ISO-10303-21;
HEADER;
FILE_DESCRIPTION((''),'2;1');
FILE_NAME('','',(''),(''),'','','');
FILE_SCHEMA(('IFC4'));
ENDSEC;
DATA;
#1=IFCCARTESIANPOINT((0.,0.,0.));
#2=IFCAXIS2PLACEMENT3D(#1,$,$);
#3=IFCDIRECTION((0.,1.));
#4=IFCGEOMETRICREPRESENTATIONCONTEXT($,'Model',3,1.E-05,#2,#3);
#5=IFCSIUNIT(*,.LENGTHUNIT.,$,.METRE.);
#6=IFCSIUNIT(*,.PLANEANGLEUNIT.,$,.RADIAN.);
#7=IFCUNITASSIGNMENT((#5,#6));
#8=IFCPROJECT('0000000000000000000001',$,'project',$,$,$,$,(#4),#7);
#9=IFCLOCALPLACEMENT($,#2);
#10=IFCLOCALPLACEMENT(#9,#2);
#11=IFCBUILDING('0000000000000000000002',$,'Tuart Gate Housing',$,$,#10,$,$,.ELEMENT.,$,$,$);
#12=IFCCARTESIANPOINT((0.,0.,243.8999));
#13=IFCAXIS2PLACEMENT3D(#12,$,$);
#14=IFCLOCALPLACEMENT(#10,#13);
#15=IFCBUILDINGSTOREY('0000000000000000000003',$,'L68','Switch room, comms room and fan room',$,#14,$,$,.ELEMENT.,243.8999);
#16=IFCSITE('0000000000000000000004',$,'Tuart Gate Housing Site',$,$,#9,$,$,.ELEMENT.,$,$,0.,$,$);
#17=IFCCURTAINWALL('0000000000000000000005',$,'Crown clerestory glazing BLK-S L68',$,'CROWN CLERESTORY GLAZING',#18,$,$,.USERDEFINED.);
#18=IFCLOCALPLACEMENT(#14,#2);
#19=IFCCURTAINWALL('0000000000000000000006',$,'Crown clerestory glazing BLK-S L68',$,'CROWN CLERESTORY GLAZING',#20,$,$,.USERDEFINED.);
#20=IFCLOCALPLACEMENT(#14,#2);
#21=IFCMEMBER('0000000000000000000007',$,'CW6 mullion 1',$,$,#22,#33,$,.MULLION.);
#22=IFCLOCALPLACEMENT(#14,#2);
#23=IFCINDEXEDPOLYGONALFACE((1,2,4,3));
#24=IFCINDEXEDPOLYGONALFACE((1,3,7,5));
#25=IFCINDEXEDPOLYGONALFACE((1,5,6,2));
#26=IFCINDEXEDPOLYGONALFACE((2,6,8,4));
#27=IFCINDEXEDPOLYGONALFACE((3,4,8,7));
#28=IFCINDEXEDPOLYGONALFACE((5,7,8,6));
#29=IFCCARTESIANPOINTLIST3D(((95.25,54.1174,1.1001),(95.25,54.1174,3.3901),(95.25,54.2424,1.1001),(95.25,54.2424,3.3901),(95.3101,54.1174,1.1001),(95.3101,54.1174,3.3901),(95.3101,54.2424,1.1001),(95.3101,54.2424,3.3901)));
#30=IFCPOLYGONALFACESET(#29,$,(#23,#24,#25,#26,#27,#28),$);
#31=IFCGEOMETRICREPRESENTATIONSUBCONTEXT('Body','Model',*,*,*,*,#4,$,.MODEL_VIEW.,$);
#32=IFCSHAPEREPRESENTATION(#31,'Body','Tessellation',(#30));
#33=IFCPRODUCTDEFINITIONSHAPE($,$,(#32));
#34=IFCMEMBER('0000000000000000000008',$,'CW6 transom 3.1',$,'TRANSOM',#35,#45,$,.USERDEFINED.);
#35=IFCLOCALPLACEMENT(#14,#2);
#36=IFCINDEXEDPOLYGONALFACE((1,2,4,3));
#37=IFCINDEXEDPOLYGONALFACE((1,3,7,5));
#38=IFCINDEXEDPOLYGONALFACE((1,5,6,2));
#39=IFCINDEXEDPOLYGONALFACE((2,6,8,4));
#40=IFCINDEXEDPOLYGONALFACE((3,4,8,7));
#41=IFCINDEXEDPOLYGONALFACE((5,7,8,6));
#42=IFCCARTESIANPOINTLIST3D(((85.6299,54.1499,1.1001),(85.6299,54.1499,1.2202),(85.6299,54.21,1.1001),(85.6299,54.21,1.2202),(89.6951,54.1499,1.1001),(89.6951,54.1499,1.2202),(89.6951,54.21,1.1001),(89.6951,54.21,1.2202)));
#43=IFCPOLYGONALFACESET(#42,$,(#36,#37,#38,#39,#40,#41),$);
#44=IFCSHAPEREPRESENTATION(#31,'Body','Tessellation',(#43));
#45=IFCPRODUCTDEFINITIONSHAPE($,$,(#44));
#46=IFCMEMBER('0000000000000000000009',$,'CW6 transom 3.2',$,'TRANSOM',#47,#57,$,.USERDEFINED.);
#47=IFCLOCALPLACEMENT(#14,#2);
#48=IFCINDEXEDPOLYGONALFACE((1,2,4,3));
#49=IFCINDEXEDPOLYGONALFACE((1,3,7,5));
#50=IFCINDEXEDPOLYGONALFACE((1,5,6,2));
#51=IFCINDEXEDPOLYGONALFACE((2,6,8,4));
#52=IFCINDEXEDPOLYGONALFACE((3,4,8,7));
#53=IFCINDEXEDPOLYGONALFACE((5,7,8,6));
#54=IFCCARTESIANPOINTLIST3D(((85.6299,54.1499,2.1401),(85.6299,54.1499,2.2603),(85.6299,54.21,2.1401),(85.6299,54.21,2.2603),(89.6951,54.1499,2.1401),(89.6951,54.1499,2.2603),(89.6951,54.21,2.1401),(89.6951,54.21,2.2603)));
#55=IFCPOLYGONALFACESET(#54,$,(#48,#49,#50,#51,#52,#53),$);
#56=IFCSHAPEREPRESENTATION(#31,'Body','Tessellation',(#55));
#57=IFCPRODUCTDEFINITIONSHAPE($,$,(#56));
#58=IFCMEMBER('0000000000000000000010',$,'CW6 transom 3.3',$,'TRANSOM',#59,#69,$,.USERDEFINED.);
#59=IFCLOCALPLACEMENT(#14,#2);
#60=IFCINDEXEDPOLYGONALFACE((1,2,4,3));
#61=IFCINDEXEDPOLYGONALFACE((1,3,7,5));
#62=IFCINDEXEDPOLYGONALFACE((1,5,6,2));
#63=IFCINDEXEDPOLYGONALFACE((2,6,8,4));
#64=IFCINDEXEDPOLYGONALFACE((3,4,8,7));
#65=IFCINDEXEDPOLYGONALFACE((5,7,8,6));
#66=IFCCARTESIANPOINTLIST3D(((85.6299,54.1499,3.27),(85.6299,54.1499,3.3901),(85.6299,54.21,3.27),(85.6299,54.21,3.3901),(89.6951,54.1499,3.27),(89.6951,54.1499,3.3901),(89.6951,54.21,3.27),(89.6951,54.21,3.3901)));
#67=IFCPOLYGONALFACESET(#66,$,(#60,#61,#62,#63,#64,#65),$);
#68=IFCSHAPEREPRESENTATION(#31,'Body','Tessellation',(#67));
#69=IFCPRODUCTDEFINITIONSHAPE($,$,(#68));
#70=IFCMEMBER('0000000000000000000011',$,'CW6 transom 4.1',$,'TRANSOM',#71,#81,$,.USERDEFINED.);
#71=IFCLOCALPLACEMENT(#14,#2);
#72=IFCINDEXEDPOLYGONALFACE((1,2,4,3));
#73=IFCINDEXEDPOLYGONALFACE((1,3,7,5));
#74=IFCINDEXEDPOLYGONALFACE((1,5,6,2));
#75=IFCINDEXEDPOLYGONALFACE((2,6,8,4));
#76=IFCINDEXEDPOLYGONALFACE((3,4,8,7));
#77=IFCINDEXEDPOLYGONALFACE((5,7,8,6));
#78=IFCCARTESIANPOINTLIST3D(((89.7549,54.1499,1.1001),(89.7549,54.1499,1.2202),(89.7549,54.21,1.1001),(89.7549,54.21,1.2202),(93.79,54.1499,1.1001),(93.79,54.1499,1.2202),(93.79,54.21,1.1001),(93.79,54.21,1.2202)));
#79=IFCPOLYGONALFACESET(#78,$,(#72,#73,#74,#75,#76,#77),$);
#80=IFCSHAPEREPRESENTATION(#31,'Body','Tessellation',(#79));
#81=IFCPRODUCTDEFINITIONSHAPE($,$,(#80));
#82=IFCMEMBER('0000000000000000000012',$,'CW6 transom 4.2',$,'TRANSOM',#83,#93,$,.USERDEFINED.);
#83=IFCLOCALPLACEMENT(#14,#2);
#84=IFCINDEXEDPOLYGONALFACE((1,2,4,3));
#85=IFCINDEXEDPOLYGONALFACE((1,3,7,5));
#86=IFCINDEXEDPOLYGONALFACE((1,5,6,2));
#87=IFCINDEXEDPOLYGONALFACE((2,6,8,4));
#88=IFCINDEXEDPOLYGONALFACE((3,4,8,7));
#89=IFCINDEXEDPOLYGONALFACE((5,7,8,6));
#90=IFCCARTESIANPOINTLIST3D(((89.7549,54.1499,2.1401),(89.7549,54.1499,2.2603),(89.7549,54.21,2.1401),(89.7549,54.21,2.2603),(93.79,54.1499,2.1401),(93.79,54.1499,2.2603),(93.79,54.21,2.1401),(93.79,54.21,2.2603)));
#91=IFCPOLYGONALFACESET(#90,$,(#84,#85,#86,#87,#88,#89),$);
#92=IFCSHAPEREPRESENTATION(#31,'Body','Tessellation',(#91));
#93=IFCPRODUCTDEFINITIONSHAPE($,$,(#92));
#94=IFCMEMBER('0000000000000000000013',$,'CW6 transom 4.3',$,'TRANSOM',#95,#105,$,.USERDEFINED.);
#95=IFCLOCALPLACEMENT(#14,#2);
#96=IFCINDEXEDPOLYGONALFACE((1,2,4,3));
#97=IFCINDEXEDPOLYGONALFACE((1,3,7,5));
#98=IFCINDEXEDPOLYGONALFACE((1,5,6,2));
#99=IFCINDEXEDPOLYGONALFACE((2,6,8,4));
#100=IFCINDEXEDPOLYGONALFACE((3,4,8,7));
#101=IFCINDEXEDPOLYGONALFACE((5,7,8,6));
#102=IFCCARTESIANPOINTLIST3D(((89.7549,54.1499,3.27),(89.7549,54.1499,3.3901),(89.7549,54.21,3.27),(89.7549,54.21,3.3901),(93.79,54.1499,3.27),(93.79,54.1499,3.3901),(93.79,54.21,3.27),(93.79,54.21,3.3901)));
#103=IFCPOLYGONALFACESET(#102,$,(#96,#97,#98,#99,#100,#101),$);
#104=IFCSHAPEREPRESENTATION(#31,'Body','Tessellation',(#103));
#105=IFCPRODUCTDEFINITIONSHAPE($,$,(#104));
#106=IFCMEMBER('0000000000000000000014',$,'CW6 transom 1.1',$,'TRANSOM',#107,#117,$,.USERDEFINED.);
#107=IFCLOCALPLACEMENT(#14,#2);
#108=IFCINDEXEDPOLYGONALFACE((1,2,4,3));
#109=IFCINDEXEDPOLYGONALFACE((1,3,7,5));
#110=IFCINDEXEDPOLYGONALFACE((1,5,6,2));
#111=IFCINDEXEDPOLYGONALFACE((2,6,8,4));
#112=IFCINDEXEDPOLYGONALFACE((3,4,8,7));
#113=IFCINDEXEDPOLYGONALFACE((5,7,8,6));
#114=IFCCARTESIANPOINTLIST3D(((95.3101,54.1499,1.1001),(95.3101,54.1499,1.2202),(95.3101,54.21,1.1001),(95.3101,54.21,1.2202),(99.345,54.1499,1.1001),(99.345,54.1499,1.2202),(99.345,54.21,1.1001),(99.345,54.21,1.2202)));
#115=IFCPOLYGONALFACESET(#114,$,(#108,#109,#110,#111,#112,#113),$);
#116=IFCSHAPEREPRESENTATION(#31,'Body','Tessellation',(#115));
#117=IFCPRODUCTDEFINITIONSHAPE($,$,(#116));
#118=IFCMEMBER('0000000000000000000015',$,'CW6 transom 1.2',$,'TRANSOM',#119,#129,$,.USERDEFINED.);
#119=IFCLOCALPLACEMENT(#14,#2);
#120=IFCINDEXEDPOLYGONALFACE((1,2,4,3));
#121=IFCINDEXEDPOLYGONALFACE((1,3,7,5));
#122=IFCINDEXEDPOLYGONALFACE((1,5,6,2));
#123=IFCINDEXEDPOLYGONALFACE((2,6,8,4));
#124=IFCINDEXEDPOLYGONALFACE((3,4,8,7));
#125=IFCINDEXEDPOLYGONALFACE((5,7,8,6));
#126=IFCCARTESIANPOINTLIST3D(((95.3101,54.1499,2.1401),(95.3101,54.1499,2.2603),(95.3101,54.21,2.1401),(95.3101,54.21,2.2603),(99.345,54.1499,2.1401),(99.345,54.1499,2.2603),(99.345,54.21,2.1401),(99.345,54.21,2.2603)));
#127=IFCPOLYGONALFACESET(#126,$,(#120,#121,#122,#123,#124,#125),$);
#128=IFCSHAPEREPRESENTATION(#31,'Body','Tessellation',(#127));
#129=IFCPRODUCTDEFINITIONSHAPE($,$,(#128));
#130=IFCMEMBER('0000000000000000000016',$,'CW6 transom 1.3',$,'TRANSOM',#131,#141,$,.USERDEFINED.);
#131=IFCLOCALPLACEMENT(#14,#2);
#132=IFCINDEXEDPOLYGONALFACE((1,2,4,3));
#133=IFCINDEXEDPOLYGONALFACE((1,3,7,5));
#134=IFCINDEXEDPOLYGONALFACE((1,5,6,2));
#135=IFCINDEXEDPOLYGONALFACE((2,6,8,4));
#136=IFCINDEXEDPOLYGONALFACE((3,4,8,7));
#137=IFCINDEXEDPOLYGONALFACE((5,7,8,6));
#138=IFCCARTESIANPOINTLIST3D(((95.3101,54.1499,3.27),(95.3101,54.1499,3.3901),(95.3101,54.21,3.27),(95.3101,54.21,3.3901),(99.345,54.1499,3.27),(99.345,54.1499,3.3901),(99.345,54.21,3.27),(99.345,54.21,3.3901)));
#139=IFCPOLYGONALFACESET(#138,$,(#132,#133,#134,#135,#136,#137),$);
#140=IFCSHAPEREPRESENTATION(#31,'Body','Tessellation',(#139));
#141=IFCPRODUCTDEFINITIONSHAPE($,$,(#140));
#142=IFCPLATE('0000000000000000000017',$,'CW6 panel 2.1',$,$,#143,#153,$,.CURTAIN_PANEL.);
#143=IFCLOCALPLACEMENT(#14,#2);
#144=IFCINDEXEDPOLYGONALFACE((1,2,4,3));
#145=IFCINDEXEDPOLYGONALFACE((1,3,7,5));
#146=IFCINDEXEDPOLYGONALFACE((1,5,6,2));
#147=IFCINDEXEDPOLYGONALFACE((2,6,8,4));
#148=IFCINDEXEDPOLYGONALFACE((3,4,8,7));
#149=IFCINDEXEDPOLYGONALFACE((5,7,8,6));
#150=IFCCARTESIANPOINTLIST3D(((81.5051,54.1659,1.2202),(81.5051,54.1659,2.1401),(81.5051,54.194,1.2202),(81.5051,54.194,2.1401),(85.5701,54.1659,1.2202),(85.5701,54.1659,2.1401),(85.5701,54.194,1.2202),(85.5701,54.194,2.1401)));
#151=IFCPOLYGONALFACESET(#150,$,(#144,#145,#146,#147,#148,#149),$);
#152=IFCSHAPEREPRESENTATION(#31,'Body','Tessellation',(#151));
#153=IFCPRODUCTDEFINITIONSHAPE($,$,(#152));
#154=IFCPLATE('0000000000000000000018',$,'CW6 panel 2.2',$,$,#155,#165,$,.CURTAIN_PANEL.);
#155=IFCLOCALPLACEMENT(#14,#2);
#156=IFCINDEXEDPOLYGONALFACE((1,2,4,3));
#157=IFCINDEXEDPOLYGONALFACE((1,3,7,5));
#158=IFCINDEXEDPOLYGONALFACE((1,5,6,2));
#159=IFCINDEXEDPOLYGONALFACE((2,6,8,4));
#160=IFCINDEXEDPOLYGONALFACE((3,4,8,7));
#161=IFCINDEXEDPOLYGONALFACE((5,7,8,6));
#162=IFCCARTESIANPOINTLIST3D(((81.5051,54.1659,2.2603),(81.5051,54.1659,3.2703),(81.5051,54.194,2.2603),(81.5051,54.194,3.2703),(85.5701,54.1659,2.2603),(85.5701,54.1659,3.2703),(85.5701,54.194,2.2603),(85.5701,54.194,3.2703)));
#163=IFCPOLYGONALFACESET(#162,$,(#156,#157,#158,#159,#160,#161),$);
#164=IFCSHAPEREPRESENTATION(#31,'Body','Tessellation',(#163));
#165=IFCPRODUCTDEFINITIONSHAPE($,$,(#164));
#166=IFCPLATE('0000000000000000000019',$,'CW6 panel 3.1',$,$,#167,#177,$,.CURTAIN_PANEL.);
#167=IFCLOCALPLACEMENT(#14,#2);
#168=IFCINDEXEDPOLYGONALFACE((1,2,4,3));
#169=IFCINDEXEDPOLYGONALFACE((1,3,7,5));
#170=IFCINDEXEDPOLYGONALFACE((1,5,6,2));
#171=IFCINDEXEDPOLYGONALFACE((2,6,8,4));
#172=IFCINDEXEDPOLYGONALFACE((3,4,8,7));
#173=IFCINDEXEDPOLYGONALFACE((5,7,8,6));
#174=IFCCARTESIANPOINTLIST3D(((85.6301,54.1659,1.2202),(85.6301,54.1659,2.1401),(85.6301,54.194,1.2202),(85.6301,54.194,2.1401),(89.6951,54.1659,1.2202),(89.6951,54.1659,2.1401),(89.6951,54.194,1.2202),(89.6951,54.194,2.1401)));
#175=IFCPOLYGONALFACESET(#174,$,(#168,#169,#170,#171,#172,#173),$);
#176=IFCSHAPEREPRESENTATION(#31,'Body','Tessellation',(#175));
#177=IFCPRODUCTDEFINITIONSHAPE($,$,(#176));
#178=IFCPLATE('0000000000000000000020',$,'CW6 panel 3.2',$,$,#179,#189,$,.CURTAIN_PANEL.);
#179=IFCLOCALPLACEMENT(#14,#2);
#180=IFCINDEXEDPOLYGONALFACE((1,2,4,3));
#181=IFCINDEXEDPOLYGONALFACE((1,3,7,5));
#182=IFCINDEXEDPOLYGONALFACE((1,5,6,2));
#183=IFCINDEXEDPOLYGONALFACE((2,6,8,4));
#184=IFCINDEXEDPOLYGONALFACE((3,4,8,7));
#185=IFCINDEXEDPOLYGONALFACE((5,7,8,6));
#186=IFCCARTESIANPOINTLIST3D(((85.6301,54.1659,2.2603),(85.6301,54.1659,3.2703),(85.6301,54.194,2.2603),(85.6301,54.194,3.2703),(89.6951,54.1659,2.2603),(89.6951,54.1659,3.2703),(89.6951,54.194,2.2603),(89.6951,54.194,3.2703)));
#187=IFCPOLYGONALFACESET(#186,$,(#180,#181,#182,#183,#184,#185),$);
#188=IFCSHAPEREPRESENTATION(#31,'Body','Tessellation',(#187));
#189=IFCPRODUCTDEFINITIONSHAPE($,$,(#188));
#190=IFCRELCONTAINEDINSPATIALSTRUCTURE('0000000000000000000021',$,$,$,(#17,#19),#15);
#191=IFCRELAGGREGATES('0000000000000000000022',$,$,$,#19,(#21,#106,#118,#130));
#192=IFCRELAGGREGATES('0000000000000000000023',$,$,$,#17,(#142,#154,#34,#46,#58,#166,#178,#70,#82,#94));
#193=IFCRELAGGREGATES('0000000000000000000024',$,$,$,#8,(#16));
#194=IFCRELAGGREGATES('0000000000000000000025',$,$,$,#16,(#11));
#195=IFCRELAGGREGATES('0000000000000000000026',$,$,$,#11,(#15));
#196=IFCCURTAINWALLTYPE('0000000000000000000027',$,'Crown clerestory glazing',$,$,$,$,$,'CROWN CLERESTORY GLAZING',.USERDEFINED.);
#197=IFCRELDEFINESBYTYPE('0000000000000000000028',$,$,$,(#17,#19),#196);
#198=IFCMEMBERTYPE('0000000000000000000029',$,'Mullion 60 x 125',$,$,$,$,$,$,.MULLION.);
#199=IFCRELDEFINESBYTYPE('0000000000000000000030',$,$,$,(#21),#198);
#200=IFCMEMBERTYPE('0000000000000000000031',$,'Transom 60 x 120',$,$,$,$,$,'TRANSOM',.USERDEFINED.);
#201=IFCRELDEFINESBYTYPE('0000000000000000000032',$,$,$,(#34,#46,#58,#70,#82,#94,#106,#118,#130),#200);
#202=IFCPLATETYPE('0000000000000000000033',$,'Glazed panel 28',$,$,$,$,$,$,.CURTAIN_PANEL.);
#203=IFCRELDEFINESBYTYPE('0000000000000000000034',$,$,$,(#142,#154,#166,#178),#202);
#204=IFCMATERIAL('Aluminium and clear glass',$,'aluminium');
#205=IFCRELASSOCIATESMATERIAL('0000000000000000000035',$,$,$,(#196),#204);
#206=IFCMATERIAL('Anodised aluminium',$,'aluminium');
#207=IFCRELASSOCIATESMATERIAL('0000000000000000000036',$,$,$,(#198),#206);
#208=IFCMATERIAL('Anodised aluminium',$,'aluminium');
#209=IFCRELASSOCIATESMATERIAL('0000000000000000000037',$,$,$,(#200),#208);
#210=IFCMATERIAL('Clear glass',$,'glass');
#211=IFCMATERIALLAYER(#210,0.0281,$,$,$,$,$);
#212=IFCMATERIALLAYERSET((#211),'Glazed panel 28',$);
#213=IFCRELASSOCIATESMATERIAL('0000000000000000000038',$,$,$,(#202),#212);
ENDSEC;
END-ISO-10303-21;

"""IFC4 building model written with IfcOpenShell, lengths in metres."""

from ifc_helpers import new_model, si_unit, direction, frame, origin, origin_2d, place, context, subcontext, project, spatial, rectangle, extrude, material, layer, layer_set, material_profile, profile_set, type_object, element, aggregate, save


model = new_model("IFC4")

# Units and contexts
model_context = context("Model", 3, precision=1e-05, world=origin(), true_north=direction((0.0, 1.0)))
body_context = subcontext(model_context, "Body", "Model", "MODEL_VIEW")
ifc_project = project(units=[si_unit("LENGTHUNIT", "METRE"), si_unit("PLANEANGLEUNIT", "RADIAN")], contexts=[model_context])

# Site, building, storey
site_placement = place(None, origin())
site = spatial("IfcSite", under=ifc_project, at=site_placement, Name="Tuart Gate Housing Site", CompositionType="ELEMENT", RefElevation=0.0)
building_placement = place(site_placement, origin())
building = spatial("IfcBuilding", under=site, at=building_placement, Name="Tuart Gate Housing", CompositionType="ELEMENT")
storey_placement = place(building_placement, frame((0.0, 0.0, 243.8999)))
storey = spatial("IfcBuildingStorey", under=building, at=storey_placement, Name="L68", Description="Switch room, comms room and fan room", CompositionType="ELEMENT", Elevation=243.8999)

# Curtain wall
ifc_material_1 = material(Name="Aluminium and clear glass", Category="aluminium")
curtain_wall_type = type_object("IfcCurtainWallType", Name="Crown clerestory glazing", ElementType="CROWN CLERESTORY GLAZING", PredefinedType="USERDEFINED", material=ifc_material_1)
curtain_wall_1_placement = place(storey_placement, origin())
curtain_wall_1 = element("IfcCurtainWall", 1, at=curtain_wall_1_placement, inside=storey, type_object=curtain_wall_type, Name="Crown clerestory glazing BLK-S L68", ObjectType="CROWN CLERESTORY GLAZING", PredefinedType="USERDEFINED")
ifc_material_2 = material(Name="Anodised aluminium", Category="aluminium")
ifc_material_profile_1 = material_profile(ifc_material_2, rectangle(XDim=0.0601, YDim=0.125, at=origin_2d()), Name="60x125")
ifc_profile_set_1 = profile_set([ifc_material_profile_1], Name="Anodised aluminium")
member_type_1 = type_object("IfcMemberType", Name="Mullion 60 x 125", PredefinedType="MULLION", material=ifc_profile_set_1)

# Curtain wall, member
curtain_wall_2_placement = place(storey_placement, origin())
curtain_wall_2 = element("IfcCurtainWall", 2, at=curtain_wall_2_placement, inside=storey, type_object=curtain_wall_type, Name="Crown clerestory glazing BLK-S L68", ObjectType="CROWN CLERESTORY GLAZING", PredefinedType="USERDEFINED")
member_1_placement = place(storey_placement, frame((95.28, 54.1799, 1.1001), z_axis=(0.0, 0.0, 1.0), x_axis=(1.0, 0.0, 0.0)))
member_1 = element("IfcMember", 3, at=member_1_placement, type_object=member_type_1, Name="CW6 mullion 1", PredefinedType="MULLION", context=body_context, shape_type="SweptSolid", body=[
    extrude(rectangle(XDim=0.0601, YDim=0.125, at=origin_2d()), origin(), (0.0, 0.0, 1.0), 2.29),
])

# Members
ifc_material_3 = material(Name="Anodised aluminium", Category="aluminium")
ifc_material_profile_2 = material_profile(ifc_material_3, rectangle(XDim=0.0601, YDim=0.1201, at=origin_2d()), Name="60x120")
ifc_profile_set_2 = profile_set([ifc_material_profile_2], Name="Anodised aluminium")
member_type_2 = type_object("IfcMemberType", Name="Transom 60 x 120", ElementType="TRANSOM", PredefinedType="USERDEFINED", material=ifc_profile_set_2)
member_2_placement = place(storey_placement, frame((85.6299, 54.1799, 1.1602), z_axis=(1.0, 0.0, 0.0), x_axis=(0.0, 1.0, 0.0)))
member_2 = element("IfcMember", 4, at=member_2_placement, type_object=member_type_2, Name="CW6 transom 3.1", ObjectType="TRANSOM", PredefinedType="USERDEFINED", context=body_context, shape_type="SweptSolid", body=[
    extrude(rectangle(XDim=0.0601, YDim=0.1201, at=origin_2d()), origin(), (0.0, 0.0, 1.0), 4.0652),
])
member_3_placement = place(storey_placement, frame((85.6299, 54.1799, 2.2002), z_axis=(1.0, 0.0, 0.0), x_axis=(0.0, 1.0, 0.0)))
member_3 = element("IfcMember", 5, at=member_3_placement, type_object=member_type_2, Name="CW6 transom 3.2", ObjectType="TRANSOM", PredefinedType="USERDEFINED", context=body_context, shape_type="SweptSolid", body=[
    extrude(rectangle(XDim=0.0601, YDim=0.1201, at=origin_2d()), origin(), (0.0, 0.0, 1.0), 4.0652),
])
member_4_placement = place(storey_placement, frame((85.6299, 54.1799, 3.3301), z_axis=(1.0, 0.0, 0.0), x_axis=(0.0, 1.0, 0.0)))
member_4 = element("IfcMember", 6, at=member_4_placement, type_object=member_type_2, Name="CW6 transom 3.3", ObjectType="TRANSOM", PredefinedType="USERDEFINED", context=body_context, shape_type="SweptSolid", body=[
    extrude(rectangle(XDim=0.0601, YDim=0.1201, at=origin_2d()), origin(), (0.0, 0.0, 1.0), 4.0652),
])
member_5_placement = place(storey_placement, frame((89.7549, 54.1799, 1.1602), z_axis=(1.0, 0.0, 0.0), x_axis=(0.0, 1.0, 0.0)))
member_5 = element("IfcMember", 7, at=member_5_placement, type_object=member_type_2, Name="CW6 transom 4.1", ObjectType="TRANSOM", PredefinedType="USERDEFINED", context=body_context, shape_type="SweptSolid", body=[
    extrude(rectangle(XDim=0.0601, YDim=0.1201, at=origin_2d()), origin(), (0.0, 0.0, 1.0), 4.0352),
])
member_6_placement = place(storey_placement, frame((89.7549, 54.1799, 2.2002), z_axis=(1.0, 0.0, 0.0), x_axis=(0.0, 1.0, 0.0)))
member_6 = element("IfcMember", 8, at=member_6_placement, type_object=member_type_2, Name="CW6 transom 4.2", ObjectType="TRANSOM", PredefinedType="USERDEFINED", context=body_context, shape_type="SweptSolid", body=[
    extrude(rectangle(XDim=0.0601, YDim=0.1201, at=origin_2d()), origin(), (0.0, 0.0, 1.0), 4.0352),
])
member_7_placement = place(storey_placement, frame((89.7549, 54.1799, 3.3301), z_axis=(1.0, 0.0, 0.0), x_axis=(0.0, 1.0, 0.0)))
member_7 = element("IfcMember", 9, at=member_7_placement, type_object=member_type_2, Name="CW6 transom 4.3", ObjectType="TRANSOM", PredefinedType="USERDEFINED", context=body_context, shape_type="SweptSolid", body=[
    extrude(rectangle(XDim=0.0601, YDim=0.1201, at=origin_2d()), origin(), (0.0, 0.0, 1.0), 4.0352),
])
member_8_placement = place(storey_placement, frame((95.3101, 54.1799, 1.1602), z_axis=(1.0, 0.0, 0.0), x_axis=(0.0, 1.0, 0.0)))
member_8 = element("IfcMember", 10, at=member_8_placement, type_object=member_type_2, Name="CW6 transom 1.1", ObjectType="TRANSOM", PredefinedType="USERDEFINED", context=body_context, shape_type="SweptSolid", body=[
    extrude(rectangle(XDim=0.0601, YDim=0.1201, at=origin_2d()), origin(), (0.0, 0.0, 1.0), 4.0349),
])
member_9_placement = place(storey_placement, frame((95.3101, 54.1799, 2.2002), z_axis=(1.0, 0.0, 0.0), x_axis=(0.0, 1.0, 0.0)))
member_9 = element("IfcMember", 11, at=member_9_placement, type_object=member_type_2, Name="CW6 transom 1.2", ObjectType="TRANSOM", PredefinedType="USERDEFINED", context=body_context, shape_type="SweptSolid", body=[
    extrude(rectangle(XDim=0.0601, YDim=0.1201, at=origin_2d()), origin(), (0.0, 0.0, 1.0), 4.0349),
])
member_10_placement = place(storey_placement, frame((95.3101, 54.1799, 3.3301), z_axis=(1.0, 0.0, 0.0), x_axis=(0.0, 1.0, 0.0)))
member_10 = element("IfcMember", 12, at=member_10_placement, type_object=member_type_2, Name="CW6 transom 1.3", ObjectType="TRANSOM", PredefinedType="USERDEFINED", context=body_context, shape_type="SweptSolid", body=[
    extrude(rectangle(XDim=0.0601, YDim=0.1201, at=origin_2d()), origin(), (0.0, 0.0, 1.0), 4.0349),
])
aggregate(curtain_wall_2, [member_1, member_8, member_9, member_10])

# Plates
ifc_material_4 = material(Name="Clear glass", Category="glass")
ifc_layer_1 = layer(ifc_material_4, 0.0281)
ifc_layer_set_1 = layer_set([ifc_layer_1], Name="Glazed panel 28")
plate_type = type_object("IfcPlateType", Name="Glazed panel 28", PredefinedType="CURTAIN_PANEL", material=ifc_layer_set_1)
plate_1_placement = place(storey_placement, frame((83.5376, 54.1799, 1.2202), z_axis=(0.0, 0.0, 1.0), x_axis=(1.0, 0.0, 0.0)))
plate_1 = element("IfcPlate", 13, at=plate_1_placement, type_object=plate_type, Name="CW6 panel 2.1", PredefinedType="CURTAIN_PANEL", context=body_context, shape_type="SweptSolid", body=[
    extrude(rectangle(XDim=4.0649, YDim=0.0281, at=origin_2d()), origin(), (0.0, 0.0, 1.0), 0.9199),
])
plate_2_placement = place(storey_placement, frame((83.5376, 54.1799, 2.2603), z_axis=(0.0, 0.0, 1.0), x_axis=(1.0, 0.0, 0.0)))
plate_2 = element("IfcPlate", 14, at=plate_2_placement, type_object=plate_type, Name="CW6 panel 2.2", PredefinedType="CURTAIN_PANEL", context=body_context, shape_type="SweptSolid", body=[
    extrude(rectangle(XDim=4.0649, YDim=0.0281, at=origin_2d()), origin(), (0.0, 0.0, 1.0), 1.01),
])
plate_3_placement = place(storey_placement, frame((87.6626, 54.1799, 1.2202), z_axis=(0.0, 0.0, 1.0), x_axis=(1.0, 0.0, 0.0)))
plate_3 = element("IfcPlate", 15, at=plate_3_placement, type_object=plate_type, Name="CW6 panel 3.1", PredefinedType="CURTAIN_PANEL", context=body_context, shape_type="SweptSolid", body=[
    extrude(rectangle(XDim=4.0649, YDim=0.0281, at=origin_2d()), origin(), (0.0, 0.0, 1.0), 0.9199),
])
plate_4_placement = place(storey_placement, frame((87.6626, 54.1799, 2.2603), z_axis=(0.0, 0.0, 1.0), x_axis=(1.0, 0.0, 0.0)))
plate_4 = element("IfcPlate", 16, at=plate_4_placement, type_object=plate_type, Name="CW6 panel 3.2", PredefinedType="CURTAIN_PANEL", context=body_context, shape_type="SweptSolid", body=[
    extrude(rectangle(XDim=4.0649, YDim=0.0281, at=origin_2d()), origin(), (0.0, 0.0, 1.0), 1.01),
])
aggregate(curtain_wall_1, [plate_1, plate_2, member_2, member_3, member_4, plate_3, plate_4, member_5, member_6, member_7])

save(model, "model.ifc")
